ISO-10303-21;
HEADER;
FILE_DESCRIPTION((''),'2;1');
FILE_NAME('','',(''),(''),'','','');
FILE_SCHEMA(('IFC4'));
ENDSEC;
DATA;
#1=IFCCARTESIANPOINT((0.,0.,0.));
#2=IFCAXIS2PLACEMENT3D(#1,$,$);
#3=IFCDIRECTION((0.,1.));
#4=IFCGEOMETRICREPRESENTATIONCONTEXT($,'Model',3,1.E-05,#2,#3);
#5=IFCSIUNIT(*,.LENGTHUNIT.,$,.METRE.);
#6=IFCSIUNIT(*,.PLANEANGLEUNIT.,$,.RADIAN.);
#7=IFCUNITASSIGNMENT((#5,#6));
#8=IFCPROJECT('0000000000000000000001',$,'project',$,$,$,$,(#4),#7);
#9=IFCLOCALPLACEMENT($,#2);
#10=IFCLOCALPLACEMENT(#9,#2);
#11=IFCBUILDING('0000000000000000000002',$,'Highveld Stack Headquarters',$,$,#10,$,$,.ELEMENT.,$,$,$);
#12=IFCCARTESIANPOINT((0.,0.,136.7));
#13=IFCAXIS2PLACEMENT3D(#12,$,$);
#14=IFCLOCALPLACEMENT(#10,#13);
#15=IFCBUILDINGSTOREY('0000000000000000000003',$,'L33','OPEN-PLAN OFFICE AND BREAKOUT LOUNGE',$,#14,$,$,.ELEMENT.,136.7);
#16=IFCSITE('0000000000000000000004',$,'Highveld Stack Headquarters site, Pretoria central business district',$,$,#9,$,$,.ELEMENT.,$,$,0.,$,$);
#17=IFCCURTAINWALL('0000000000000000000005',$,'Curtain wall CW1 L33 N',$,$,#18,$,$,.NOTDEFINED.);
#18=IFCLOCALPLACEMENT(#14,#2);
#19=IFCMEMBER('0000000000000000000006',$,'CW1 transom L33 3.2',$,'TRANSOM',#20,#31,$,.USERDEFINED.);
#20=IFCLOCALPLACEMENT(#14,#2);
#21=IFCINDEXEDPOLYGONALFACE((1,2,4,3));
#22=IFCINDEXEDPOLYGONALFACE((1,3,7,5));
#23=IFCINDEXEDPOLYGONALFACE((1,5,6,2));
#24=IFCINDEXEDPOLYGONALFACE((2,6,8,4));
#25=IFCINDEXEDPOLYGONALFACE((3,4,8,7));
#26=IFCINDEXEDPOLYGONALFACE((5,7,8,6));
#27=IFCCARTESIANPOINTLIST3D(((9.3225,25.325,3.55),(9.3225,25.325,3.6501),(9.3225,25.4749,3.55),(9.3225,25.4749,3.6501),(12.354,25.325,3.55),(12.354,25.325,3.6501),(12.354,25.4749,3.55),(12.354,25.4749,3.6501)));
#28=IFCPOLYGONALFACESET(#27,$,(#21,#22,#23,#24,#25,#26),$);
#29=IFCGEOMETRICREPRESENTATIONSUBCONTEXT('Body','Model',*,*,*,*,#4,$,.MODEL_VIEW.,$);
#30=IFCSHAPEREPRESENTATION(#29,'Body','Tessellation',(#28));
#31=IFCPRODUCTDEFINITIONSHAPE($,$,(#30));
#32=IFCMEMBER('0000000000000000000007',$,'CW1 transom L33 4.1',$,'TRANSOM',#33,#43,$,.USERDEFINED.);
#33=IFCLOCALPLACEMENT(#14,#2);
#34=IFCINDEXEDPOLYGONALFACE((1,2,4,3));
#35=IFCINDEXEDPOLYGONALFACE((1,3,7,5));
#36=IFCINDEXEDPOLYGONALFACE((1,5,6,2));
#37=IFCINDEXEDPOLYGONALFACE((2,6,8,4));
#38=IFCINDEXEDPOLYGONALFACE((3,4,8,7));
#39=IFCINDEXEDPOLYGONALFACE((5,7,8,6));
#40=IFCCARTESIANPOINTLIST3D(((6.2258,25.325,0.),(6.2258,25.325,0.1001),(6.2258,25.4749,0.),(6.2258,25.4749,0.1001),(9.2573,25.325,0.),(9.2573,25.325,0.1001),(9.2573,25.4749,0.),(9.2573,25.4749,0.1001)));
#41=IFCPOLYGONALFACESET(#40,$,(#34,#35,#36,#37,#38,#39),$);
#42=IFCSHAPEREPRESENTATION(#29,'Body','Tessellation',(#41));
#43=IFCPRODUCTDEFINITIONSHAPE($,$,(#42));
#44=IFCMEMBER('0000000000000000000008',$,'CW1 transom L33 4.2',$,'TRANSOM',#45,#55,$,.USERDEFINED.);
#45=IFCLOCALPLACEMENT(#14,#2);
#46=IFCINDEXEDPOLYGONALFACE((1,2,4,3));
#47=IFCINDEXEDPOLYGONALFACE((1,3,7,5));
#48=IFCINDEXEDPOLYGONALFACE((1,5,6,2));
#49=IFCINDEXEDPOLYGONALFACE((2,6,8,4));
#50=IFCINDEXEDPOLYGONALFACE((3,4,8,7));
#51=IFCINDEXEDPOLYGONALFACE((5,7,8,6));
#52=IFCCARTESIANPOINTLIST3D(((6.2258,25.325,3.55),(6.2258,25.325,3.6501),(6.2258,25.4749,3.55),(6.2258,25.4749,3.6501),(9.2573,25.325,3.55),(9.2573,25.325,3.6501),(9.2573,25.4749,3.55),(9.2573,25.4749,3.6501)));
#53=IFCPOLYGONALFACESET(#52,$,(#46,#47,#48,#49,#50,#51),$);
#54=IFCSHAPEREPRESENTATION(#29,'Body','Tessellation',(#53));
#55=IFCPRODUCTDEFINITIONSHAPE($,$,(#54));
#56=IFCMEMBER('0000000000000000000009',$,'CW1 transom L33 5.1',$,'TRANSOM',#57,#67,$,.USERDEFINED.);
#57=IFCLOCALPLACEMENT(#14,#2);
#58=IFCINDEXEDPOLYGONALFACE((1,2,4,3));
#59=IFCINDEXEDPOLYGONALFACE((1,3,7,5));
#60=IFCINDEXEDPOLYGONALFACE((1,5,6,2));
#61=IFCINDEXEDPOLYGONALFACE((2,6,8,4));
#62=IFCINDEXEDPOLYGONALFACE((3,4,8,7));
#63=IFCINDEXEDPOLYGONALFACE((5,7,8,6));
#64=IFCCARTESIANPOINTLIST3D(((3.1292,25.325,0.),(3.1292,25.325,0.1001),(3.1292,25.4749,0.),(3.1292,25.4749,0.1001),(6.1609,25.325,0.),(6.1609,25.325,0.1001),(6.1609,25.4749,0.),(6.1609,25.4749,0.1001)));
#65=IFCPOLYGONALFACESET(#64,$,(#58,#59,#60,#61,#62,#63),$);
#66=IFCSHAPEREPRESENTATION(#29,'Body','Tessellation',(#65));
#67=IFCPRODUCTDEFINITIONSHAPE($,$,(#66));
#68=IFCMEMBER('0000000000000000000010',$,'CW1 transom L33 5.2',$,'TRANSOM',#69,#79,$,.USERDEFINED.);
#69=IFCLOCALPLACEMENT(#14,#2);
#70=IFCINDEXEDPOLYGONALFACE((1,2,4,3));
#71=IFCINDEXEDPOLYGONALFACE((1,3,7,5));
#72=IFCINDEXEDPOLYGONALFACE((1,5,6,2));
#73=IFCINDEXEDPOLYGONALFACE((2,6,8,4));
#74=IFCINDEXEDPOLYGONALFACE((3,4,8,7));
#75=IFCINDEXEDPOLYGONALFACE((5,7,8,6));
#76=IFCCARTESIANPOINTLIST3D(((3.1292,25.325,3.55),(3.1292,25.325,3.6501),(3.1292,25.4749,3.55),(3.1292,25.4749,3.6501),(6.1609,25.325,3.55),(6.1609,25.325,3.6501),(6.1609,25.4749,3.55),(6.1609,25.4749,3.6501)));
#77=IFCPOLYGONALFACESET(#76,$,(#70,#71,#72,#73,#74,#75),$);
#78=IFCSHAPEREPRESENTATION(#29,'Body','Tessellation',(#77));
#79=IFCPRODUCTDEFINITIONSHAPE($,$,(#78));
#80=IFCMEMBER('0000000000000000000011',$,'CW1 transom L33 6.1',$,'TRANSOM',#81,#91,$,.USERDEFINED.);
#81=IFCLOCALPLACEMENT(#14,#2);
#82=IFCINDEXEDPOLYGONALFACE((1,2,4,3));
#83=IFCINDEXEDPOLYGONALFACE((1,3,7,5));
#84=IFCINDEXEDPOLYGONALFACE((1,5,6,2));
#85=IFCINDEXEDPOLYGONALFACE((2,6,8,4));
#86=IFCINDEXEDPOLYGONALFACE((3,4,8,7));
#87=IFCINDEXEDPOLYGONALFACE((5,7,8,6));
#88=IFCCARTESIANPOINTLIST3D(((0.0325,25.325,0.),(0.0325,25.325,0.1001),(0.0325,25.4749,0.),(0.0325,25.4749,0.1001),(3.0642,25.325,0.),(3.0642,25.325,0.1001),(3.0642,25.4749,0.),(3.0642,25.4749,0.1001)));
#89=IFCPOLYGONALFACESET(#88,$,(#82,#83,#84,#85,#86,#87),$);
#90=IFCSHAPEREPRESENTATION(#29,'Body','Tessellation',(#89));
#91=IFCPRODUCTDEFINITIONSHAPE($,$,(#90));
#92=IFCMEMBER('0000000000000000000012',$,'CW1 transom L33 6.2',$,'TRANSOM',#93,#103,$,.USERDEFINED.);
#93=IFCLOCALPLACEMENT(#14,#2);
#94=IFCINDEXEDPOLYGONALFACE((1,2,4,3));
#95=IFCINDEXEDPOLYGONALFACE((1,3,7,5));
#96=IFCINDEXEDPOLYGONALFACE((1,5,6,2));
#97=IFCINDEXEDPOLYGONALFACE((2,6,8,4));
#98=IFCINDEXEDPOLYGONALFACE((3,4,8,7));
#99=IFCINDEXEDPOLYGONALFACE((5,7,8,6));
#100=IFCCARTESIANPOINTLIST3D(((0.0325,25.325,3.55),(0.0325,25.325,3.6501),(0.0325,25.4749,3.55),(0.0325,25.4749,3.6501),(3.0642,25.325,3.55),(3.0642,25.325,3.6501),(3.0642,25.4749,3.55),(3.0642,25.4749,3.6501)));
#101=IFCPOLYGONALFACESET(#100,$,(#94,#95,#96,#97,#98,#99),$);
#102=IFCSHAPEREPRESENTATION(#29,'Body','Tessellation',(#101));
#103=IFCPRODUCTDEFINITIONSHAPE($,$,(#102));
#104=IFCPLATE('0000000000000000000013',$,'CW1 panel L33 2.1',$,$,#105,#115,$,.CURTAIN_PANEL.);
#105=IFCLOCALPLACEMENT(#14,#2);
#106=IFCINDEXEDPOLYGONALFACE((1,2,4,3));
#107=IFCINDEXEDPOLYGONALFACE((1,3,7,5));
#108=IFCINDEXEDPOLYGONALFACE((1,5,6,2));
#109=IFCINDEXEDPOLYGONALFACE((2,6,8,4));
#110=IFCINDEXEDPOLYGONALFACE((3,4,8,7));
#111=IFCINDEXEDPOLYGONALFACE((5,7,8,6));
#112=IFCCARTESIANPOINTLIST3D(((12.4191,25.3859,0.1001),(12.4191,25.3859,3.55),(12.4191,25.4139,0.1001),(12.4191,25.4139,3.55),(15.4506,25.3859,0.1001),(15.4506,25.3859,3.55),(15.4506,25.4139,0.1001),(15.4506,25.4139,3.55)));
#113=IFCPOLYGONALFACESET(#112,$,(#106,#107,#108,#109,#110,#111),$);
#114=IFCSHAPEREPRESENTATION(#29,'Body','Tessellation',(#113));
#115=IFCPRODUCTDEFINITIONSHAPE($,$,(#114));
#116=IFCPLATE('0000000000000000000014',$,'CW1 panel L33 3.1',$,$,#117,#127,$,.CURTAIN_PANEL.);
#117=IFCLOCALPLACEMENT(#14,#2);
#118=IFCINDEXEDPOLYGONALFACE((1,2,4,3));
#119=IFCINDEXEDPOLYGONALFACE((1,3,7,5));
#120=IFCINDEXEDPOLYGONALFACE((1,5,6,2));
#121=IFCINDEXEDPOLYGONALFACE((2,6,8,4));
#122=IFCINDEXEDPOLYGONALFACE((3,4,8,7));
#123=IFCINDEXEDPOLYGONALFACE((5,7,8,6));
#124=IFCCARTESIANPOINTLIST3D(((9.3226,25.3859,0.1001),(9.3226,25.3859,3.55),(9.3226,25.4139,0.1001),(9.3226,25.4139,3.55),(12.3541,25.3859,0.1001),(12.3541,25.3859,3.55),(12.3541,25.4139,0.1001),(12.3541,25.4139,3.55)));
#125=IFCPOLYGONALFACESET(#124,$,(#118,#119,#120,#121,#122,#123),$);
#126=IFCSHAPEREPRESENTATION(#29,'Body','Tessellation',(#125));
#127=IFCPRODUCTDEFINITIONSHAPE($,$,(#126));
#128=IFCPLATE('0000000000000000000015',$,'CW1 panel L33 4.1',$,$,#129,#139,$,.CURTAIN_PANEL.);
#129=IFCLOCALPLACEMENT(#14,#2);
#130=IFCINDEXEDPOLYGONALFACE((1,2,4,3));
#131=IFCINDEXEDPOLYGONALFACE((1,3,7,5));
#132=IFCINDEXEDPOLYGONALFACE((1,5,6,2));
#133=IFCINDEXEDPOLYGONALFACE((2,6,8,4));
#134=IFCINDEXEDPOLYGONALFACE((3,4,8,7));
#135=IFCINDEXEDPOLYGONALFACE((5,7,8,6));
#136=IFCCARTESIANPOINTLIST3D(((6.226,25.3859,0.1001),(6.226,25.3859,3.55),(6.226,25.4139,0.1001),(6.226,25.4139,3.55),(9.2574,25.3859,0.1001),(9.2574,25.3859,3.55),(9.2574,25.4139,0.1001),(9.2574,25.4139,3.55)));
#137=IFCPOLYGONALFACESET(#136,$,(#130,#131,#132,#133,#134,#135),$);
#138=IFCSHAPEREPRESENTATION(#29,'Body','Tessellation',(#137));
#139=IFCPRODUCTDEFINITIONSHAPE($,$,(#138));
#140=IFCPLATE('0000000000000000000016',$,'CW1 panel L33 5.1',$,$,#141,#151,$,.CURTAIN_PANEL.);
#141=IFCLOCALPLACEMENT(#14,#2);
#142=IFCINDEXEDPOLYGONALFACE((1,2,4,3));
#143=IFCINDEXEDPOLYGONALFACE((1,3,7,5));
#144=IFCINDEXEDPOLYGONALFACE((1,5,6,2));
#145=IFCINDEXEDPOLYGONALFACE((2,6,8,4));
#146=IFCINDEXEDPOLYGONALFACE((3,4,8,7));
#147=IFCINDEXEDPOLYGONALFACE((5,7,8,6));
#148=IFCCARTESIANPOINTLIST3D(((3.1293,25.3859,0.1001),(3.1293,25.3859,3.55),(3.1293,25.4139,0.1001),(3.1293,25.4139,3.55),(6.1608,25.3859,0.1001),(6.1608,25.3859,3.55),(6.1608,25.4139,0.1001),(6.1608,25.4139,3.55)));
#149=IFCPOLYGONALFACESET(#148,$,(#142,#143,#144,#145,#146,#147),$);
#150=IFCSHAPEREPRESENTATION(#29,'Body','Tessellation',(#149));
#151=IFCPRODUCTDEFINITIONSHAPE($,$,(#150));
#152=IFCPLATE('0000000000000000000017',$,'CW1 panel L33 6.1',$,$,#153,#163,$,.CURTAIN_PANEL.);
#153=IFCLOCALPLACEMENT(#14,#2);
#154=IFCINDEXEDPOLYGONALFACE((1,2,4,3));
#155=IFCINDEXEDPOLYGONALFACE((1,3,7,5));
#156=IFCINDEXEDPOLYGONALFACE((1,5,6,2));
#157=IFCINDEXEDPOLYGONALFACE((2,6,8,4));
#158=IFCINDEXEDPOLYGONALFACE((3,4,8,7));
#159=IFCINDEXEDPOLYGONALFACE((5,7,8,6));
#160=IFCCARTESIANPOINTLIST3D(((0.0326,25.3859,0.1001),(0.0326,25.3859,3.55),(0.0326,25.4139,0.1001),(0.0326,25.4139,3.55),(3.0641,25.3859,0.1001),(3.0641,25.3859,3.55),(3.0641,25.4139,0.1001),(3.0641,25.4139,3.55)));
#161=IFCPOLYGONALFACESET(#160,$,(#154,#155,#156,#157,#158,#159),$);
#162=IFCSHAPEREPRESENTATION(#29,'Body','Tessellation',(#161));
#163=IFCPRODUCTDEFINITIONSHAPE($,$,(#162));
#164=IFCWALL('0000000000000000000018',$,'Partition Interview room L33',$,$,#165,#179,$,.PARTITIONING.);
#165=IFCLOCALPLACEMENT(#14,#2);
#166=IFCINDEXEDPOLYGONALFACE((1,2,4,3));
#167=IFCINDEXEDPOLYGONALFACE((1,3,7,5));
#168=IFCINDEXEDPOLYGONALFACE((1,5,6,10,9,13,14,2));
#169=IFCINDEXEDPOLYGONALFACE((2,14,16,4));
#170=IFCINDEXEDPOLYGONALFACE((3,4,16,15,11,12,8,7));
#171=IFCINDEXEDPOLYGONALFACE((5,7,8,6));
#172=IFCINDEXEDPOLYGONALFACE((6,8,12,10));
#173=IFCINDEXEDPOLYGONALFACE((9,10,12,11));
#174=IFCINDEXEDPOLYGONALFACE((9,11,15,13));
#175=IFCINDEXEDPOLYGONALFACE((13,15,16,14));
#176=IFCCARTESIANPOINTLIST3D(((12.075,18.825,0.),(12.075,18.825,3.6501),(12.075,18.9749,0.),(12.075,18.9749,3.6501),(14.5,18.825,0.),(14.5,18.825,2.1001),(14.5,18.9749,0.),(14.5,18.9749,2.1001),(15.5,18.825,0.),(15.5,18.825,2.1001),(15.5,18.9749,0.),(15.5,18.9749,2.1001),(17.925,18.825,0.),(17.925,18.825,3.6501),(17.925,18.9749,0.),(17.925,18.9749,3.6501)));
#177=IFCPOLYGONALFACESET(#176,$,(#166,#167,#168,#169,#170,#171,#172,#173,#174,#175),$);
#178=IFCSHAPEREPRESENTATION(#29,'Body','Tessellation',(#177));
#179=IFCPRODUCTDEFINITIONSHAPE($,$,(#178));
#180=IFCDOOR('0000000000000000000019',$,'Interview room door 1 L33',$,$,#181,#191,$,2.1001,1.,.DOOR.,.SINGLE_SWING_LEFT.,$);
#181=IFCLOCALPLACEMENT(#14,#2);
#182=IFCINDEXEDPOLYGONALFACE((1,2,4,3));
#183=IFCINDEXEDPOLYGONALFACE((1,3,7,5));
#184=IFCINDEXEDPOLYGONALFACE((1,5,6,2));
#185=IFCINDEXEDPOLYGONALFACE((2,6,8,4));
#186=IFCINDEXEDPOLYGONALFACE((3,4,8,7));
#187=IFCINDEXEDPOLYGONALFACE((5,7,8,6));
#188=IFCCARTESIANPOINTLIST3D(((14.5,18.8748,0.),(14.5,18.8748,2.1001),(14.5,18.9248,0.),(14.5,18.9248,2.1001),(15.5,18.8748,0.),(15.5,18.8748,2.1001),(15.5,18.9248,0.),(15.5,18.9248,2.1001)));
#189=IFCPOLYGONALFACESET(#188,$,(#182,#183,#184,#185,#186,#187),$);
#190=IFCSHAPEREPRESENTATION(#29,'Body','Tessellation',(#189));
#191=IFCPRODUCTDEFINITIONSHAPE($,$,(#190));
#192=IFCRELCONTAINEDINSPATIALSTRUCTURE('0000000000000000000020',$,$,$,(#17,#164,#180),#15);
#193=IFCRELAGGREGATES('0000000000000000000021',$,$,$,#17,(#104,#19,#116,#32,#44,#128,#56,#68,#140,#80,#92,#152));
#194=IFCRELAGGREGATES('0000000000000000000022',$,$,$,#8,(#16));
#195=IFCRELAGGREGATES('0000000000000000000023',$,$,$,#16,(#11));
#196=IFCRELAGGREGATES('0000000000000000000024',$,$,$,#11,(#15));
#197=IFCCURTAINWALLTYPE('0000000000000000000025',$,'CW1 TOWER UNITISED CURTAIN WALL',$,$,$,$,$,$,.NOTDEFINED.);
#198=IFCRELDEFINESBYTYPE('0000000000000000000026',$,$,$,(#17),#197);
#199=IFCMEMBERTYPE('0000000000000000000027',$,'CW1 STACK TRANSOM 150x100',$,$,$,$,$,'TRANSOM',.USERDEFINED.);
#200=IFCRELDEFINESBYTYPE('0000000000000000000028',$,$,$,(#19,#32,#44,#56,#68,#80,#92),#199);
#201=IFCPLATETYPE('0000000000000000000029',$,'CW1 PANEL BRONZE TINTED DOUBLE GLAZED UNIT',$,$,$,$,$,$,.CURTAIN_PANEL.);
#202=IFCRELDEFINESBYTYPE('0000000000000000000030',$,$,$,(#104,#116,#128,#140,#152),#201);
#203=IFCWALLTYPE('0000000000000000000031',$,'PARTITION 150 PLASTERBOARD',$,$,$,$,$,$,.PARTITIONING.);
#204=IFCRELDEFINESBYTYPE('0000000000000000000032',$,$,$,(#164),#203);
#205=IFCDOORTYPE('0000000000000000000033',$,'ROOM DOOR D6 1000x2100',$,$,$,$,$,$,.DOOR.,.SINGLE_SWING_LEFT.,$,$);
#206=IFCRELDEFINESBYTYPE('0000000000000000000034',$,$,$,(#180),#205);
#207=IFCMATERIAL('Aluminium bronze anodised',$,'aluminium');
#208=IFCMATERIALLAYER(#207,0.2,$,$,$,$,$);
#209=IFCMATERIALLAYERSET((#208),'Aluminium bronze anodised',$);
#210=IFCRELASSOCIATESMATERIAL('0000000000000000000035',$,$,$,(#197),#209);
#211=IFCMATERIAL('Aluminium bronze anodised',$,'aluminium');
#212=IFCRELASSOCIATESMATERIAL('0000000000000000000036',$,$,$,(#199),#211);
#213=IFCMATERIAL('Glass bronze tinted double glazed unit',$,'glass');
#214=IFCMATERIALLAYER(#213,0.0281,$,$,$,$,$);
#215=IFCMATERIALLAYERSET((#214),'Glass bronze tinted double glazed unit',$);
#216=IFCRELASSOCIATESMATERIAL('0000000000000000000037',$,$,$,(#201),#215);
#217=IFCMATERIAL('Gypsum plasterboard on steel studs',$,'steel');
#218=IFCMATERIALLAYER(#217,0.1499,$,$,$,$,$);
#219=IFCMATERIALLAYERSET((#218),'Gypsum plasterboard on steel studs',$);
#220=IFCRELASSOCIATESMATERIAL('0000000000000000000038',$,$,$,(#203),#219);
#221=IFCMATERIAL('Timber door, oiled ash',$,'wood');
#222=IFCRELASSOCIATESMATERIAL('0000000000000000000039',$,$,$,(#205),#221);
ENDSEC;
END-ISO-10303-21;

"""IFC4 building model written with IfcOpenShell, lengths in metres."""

from ifc_helpers import new_model, si_unit, direction, frame, frame_2d, origin, origin_2d, place, context, subcontext, project, spatial, rectangle, extrude, material, layer, layer_set, material_profile, profile_set, type_object, element, fill, aggregate, save


model = new_model("IFC4")

# Units and contexts
model_context = context("Model", 3, precision=1e-05, world=origin(), true_north=direction((0.0, 1.0)))
body_context = subcontext(model_context, "Body", "Model", "MODEL_VIEW")
ifc_project = project(units=[si_unit("LENGTHUNIT", "METRE"), si_unit("PLANEANGLEUNIT", "RADIAN")], contexts=[model_context])

# Site, building, storey
site_placement = place(None, origin())
site = spatial("IfcSite", under=ifc_project, at=site_placement, Name="Highveld Stack Headquarters site, Pretoria central business district", CompositionType="ELEMENT", RefElevation=0.0)
building_placement = place(site_placement, origin())
building = spatial("IfcBuilding", under=site, at=building_placement, Name="Highveld Stack Headquarters", CompositionType="ELEMENT")
storey_placement = place(building_placement, frame((0.0, 0.0, 136.7)))
storey = spatial("IfcBuildingStorey", under=building, at=storey_placement, Name="L33", Description="OPEN-PLAN OFFICE AND BREAKOUT LOUNGE", CompositionType="ELEMENT", Elevation=136.7)

# Curtain wall, members, plates
ifc_material_1 = material(Name="Aluminium bronze anodised", Category="aluminium")
ifc_layer_1 = layer(ifc_material_1, 0.2)
ifc_layer_set_1 = layer_set([ifc_layer_1], Name="Aluminium bronze anodised")
curtain_wall_type = type_object("IfcCurtainWallType", Name="CW1 TOWER UNITISED CURTAIN WALL", PredefinedType="NOTDEFINED", material=ifc_layer_set_1)
curtain_wall_placement = place(storey_placement, origin())
curtain_wall = element("IfcCurtainWall", 1, at=curtain_wall_placement, inside=storey, type_object=curtain_wall_type, Name="Curtain wall CW1 L33 N", PredefinedType="NOTDEFINED")
ifc_material_2 = material(Name="Aluminium bronze anodised", Category="aluminium")
ifc_material_profile_1 = material_profile(ifc_material_2, rectangle(XDim=0.1499, YDim=0.1001, at=origin_2d()), Name="CW1 TRANSOM 150x100")
ifc_profile_set_1 = profile_set([ifc_material_profile_1], Name="Aluminium bronze anodised")
member_type_1 = type_object("IfcMemberType", Name="CW1 STACK TRANSOM 150x100", ElementType="TRANSOM", PredefinedType="USERDEFINED", material=ifc_profile_set_1)
member_1_placement = place(storey_placement, frame((12.354, 25.3999, 3.6001), z_axis=(-1.0, 0.0, 0.0), x_axis=(0.0, -1.0, 0.0)))
member_1 = element("IfcMember", 2, at=member_1_placement, type_object=member_type_1, Name="CW1 transom L33 3.2", ObjectType="TRANSOM", PredefinedType="USERDEFINED", context=body_context, shape_type="SweptSolid", body=[
    extrude(rectangle(XDim=0.1499, YDim=0.1001, at=origin_2d()), origin(), (0.0, 0.0, 1.0), 3.0315),
])
member_2_placement = place(storey_placement, frame((9.2573, 25.3999, 0.05), z_axis=(-1.0, 0.0, 0.0), x_axis=(0.0, -1.0, 0.0)))
member_2 = element("IfcMember", 3, at=member_2_placement, type_object=member_type_1, Name="CW1 transom L33 4.1", ObjectType="TRANSOM", PredefinedType="USERDEFINED", context=body_context, shape_type="SweptSolid", body=[
    extrude(rectangle(XDim=0.1499, YDim=0.1001, at=origin_2d()), origin(), (0.0, 0.0, 1.0), 3.0315),
])
member_3_placement = place(storey_placement, frame((9.2573, 25.3999, 3.6001), z_axis=(-1.0, 0.0, 0.0), x_axis=(0.0, -1.0, 0.0)))
member_3 = element("IfcMember", 4, at=member_3_placement, type_object=member_type_1, Name="CW1 transom L33 4.2", ObjectType="TRANSOM", PredefinedType="USERDEFINED", context=body_context, shape_type="SweptSolid", body=[
    extrude(rectangle(XDim=0.1499, YDim=0.1001, at=origin_2d()), origin(), (0.0, 0.0, 1.0), 3.0315),
])
member_4_placement = place(storey_placement, frame((6.1609, 25.3999, 0.05), z_axis=(-1.0, 0.0, 0.0), x_axis=(0.0, -1.0, 0.0)))
member_4 = element("IfcMember", 5, at=member_4_placement, type_object=member_type_1, Name="CW1 transom L33 5.1", ObjectType="TRANSOM", PredefinedType="USERDEFINED", context=body_context, shape_type="SweptSolid", body=[
    extrude(rectangle(XDim=0.1499, YDim=0.1001, at=origin_2d()), origin(), (0.0, 0.0, 1.0), 3.0317),
])
member_5_placement = place(storey_placement, frame((6.1609, 25.3999, 3.6001), z_axis=(-1.0, 0.0, 0.0), x_axis=(0.0, -1.0, 0.0)))
member_5 = element("IfcMember", 6, at=member_5_placement, type_object=member_type_1, Name="CW1 transom L33 5.2", ObjectType="TRANSOM", PredefinedType="USERDEFINED", context=body_context, shape_type="SweptSolid", body=[
    extrude(rectangle(XDim=0.1499, YDim=0.1001, at=origin_2d()), origin(), (0.0, 0.0, 1.0), 3.0317),
])
member_6_placement = place(storey_placement, frame((3.0642, 25.3999, 0.05), z_axis=(-1.0, 0.0, 0.0), x_axis=(0.0, -1.0, 0.0)))
member_6 = element("IfcMember", 7, at=member_6_placement, type_object=member_type_1, Name="CW1 transom L33 6.1", ObjectType="TRANSOM", PredefinedType="USERDEFINED", context=body_context, shape_type="SweptSolid", body=[
    extrude(rectangle(XDim=0.1499, YDim=0.1001, at=origin_2d()), origin(), (0.0, 0.0, 1.0), 3.0317),
])
member_7_placement = place(storey_placement, frame((3.0642, 25.3999, 3.6001), z_axis=(-1.0, 0.0, 0.0), x_axis=(0.0, -1.0, 0.0)))
member_7 = element("IfcMember", 8, at=member_7_placement, type_object=member_type_1, Name="CW1 transom L33 6.2", ObjectType="TRANSOM", PredefinedType="USERDEFINED", context=body_context, shape_type="SweptSolid", body=[
    extrude(rectangle(XDim=0.1499, YDim=0.1001, at=origin_2d()), origin(), (0.0, 0.0, 1.0), 3.0317),
])
ifc_material_3 = material(Name="Glass bronze tinted double glazed unit", Category="glass")
ifc_layer_2 = layer(ifc_material_3, 0.0281)
ifc_layer_set_2 = layer_set([ifc_layer_2], Name="Glass bronze tinted double glazed unit")
plate_type = type_object("IfcPlateType", Name="CW1 PANEL BRONZE TINTED DOUBLE GLAZED UNIT", PredefinedType="CURTAIN_PANEL", material=ifc_layer_set_2)
plate_1_placement = place(storey_placement, frame((13.9348, 25.3999, 0.1001), z_axis=(0.0, 0.0, 1.0), x_axis=(-1.0, 0.0, 0.0)))
plate_1 = element("IfcPlate", 9, at=plate_1_placement, type_object=plate_type, Name="CW1 panel L33 2.1", PredefinedType="CURTAIN_PANEL", context=body_context, shape_type="SweptSolid", body=[
    extrude(rectangle(XDim=3.0315, YDim=0.0281, at=origin_2d()), origin(), (0.0, 0.0, 1.0), 3.45),
])
plate_2_placement = place(storey_placement, frame((10.8384, 25.3999, 0.1001), z_axis=(0.0, 0.0, 1.0), x_axis=(-1.0, 0.0, 0.0)))
plate_2 = element("IfcPlate", 10, at=plate_2_placement, type_object=plate_type, Name="CW1 panel L33 3.1", PredefinedType="CURTAIN_PANEL", context=body_context, shape_type="SweptSolid", body=[
    extrude(rectangle(XDim=3.0315, YDim=0.0281, at=origin_2d()), origin(), (0.0, 0.0, 1.0), 3.45),
])
plate_3_placement = place(storey_placement, frame((7.7417, 25.3999, 0.1001), z_axis=(0.0, 0.0, 1.0), x_axis=(-1.0, 0.0, 0.0)))
plate_3 = element("IfcPlate", 11, at=plate_3_placement, type_object=plate_type, Name="CW1 panel L33 4.1", PredefinedType="CURTAIN_PANEL", context=body_context, shape_type="SweptSolid", body=[
    extrude(rectangle(XDim=3.0315, YDim=0.0281, at=origin_2d()), origin(), (0.0, 0.0, 1.0), 3.45),
])
plate_4_placement = place(storey_placement, frame((4.645, 25.3999, 0.1001), z_axis=(0.0, 0.0, 1.0), x_axis=(-1.0, 0.0, 0.0)))
plate_4 = element("IfcPlate", 12, at=plate_4_placement, type_object=plate_type, Name="CW1 panel L33 5.1", PredefinedType="CURTAIN_PANEL", context=body_context, shape_type="SweptSolid", body=[
    extrude(rectangle(XDim=3.0315, YDim=0.0281, at=origin_2d()), origin(), (0.0, 0.0, 1.0), 3.45),
])
plate_5_placement = place(storey_placement, frame((1.5483, 25.3999, 0.1001), z_axis=(0.0, 0.0, 1.0), x_axis=(-1.0, 0.0, 0.0)))
plate_5 = element("IfcPlate", 13, at=plate_5_placement, type_object=plate_type, Name="CW1 panel L33 6.1", PredefinedType="CURTAIN_PANEL", context=body_context, shape_type="SweptSolid", body=[
    extrude(rectangle(XDim=3.0315, YDim=0.0281, at=origin_2d()), origin(), (0.0, 0.0, 1.0), 3.45),
])
aggregate(curtain_wall, [plate_1, member_1, plate_2, member_2, member_3, plate_3, member_4, member_5, plate_4, member_6, member_7, plate_5])

# Wall, opening, door
ifc_material_4 = material(Name="Gypsum plasterboard on steel studs", Category="steel")
ifc_layer_3 = layer(ifc_material_4, 0.1499)
ifc_layer_set_3 = layer_set([ifc_layer_3], Name="Gypsum plasterboard on steel studs")
wall_type = type_object("IfcWallType", Name="PARTITION 150 PLASTERBOARD", PredefinedType="PARTITIONING", material=ifc_layer_set_3)
wall_1_placement = place(storey_placement, frame((12.075, 18.8999, 0.0), z_axis=(0.0, 0.0, 1.0), x_axis=(1.0, 0.0, 0.0)))
wall_1 = element("IfcWall", 14, at=wall_1_placement, inside=storey, type_object=wall_type, Name="Partition Interview room L33", PredefinedType="PARTITIONING", context=body_context, shape_type="SweptSolid", body=[
    extrude(rectangle(XDim=5.8501, YDim=0.1499, at=frame_2d((2.925, 0.0))), origin(), (0.0, 0.0, 1.0), 3.6501),
])
opening_placement = place(wall_1_placement, frame((2.425, 0.0, 0.0)))
opening = element("IfcOpeningElement", 15, at=opening_placement, cuts=wall_1, PredefinedType="OPENING", context=body_context, shape_type="SweptSolid", body=[
    extrude(rectangle(XDim=1.0, YDim=2.1001, at=frame_2d((0.5, 1.05))), frame((0.0, 0.085, 0.0), z_axis=(0.0, -1.0, 0.0), x_axis=(1.0, 0.0, 0.0)), (0.0, 0.0, 1.0), 0.1699),
])
ifc_material_5 = material(Name="Timber door, oiled ash", Category="wood")
door_type = type_object("IfcDoorType", Name="ROOM DOOR D6 1000x2100", OperationType="SINGLE_SWING_LEFT", PredefinedType="DOOR", material=ifc_material_5)
door_placement = place(opening_placement, origin())
door = element("IfcDoor", 16, at=door_placement, inside=storey, type_object=door_type, Name="Interview room door 1 L33", OperationType="SINGLE_SWING_LEFT", OverallHeight=2.1001, OverallWidth=1.0, PredefinedType="DOOR", context=body_context, shape_type="SweptSolid", body=[
    extrude(rectangle(XDim=1.0, YDim=2.1001, at=frame_2d((0.5, 1.05))), frame((0.0, 0.0249, 0.0), z_axis=(0.0, -1.0, 0.0), x_axis=(1.0, 0.0, 0.0)), (0.0, 0.0, 1.0), 0.05),
])
fill(opening, door)

save(model, "model.ifc")
